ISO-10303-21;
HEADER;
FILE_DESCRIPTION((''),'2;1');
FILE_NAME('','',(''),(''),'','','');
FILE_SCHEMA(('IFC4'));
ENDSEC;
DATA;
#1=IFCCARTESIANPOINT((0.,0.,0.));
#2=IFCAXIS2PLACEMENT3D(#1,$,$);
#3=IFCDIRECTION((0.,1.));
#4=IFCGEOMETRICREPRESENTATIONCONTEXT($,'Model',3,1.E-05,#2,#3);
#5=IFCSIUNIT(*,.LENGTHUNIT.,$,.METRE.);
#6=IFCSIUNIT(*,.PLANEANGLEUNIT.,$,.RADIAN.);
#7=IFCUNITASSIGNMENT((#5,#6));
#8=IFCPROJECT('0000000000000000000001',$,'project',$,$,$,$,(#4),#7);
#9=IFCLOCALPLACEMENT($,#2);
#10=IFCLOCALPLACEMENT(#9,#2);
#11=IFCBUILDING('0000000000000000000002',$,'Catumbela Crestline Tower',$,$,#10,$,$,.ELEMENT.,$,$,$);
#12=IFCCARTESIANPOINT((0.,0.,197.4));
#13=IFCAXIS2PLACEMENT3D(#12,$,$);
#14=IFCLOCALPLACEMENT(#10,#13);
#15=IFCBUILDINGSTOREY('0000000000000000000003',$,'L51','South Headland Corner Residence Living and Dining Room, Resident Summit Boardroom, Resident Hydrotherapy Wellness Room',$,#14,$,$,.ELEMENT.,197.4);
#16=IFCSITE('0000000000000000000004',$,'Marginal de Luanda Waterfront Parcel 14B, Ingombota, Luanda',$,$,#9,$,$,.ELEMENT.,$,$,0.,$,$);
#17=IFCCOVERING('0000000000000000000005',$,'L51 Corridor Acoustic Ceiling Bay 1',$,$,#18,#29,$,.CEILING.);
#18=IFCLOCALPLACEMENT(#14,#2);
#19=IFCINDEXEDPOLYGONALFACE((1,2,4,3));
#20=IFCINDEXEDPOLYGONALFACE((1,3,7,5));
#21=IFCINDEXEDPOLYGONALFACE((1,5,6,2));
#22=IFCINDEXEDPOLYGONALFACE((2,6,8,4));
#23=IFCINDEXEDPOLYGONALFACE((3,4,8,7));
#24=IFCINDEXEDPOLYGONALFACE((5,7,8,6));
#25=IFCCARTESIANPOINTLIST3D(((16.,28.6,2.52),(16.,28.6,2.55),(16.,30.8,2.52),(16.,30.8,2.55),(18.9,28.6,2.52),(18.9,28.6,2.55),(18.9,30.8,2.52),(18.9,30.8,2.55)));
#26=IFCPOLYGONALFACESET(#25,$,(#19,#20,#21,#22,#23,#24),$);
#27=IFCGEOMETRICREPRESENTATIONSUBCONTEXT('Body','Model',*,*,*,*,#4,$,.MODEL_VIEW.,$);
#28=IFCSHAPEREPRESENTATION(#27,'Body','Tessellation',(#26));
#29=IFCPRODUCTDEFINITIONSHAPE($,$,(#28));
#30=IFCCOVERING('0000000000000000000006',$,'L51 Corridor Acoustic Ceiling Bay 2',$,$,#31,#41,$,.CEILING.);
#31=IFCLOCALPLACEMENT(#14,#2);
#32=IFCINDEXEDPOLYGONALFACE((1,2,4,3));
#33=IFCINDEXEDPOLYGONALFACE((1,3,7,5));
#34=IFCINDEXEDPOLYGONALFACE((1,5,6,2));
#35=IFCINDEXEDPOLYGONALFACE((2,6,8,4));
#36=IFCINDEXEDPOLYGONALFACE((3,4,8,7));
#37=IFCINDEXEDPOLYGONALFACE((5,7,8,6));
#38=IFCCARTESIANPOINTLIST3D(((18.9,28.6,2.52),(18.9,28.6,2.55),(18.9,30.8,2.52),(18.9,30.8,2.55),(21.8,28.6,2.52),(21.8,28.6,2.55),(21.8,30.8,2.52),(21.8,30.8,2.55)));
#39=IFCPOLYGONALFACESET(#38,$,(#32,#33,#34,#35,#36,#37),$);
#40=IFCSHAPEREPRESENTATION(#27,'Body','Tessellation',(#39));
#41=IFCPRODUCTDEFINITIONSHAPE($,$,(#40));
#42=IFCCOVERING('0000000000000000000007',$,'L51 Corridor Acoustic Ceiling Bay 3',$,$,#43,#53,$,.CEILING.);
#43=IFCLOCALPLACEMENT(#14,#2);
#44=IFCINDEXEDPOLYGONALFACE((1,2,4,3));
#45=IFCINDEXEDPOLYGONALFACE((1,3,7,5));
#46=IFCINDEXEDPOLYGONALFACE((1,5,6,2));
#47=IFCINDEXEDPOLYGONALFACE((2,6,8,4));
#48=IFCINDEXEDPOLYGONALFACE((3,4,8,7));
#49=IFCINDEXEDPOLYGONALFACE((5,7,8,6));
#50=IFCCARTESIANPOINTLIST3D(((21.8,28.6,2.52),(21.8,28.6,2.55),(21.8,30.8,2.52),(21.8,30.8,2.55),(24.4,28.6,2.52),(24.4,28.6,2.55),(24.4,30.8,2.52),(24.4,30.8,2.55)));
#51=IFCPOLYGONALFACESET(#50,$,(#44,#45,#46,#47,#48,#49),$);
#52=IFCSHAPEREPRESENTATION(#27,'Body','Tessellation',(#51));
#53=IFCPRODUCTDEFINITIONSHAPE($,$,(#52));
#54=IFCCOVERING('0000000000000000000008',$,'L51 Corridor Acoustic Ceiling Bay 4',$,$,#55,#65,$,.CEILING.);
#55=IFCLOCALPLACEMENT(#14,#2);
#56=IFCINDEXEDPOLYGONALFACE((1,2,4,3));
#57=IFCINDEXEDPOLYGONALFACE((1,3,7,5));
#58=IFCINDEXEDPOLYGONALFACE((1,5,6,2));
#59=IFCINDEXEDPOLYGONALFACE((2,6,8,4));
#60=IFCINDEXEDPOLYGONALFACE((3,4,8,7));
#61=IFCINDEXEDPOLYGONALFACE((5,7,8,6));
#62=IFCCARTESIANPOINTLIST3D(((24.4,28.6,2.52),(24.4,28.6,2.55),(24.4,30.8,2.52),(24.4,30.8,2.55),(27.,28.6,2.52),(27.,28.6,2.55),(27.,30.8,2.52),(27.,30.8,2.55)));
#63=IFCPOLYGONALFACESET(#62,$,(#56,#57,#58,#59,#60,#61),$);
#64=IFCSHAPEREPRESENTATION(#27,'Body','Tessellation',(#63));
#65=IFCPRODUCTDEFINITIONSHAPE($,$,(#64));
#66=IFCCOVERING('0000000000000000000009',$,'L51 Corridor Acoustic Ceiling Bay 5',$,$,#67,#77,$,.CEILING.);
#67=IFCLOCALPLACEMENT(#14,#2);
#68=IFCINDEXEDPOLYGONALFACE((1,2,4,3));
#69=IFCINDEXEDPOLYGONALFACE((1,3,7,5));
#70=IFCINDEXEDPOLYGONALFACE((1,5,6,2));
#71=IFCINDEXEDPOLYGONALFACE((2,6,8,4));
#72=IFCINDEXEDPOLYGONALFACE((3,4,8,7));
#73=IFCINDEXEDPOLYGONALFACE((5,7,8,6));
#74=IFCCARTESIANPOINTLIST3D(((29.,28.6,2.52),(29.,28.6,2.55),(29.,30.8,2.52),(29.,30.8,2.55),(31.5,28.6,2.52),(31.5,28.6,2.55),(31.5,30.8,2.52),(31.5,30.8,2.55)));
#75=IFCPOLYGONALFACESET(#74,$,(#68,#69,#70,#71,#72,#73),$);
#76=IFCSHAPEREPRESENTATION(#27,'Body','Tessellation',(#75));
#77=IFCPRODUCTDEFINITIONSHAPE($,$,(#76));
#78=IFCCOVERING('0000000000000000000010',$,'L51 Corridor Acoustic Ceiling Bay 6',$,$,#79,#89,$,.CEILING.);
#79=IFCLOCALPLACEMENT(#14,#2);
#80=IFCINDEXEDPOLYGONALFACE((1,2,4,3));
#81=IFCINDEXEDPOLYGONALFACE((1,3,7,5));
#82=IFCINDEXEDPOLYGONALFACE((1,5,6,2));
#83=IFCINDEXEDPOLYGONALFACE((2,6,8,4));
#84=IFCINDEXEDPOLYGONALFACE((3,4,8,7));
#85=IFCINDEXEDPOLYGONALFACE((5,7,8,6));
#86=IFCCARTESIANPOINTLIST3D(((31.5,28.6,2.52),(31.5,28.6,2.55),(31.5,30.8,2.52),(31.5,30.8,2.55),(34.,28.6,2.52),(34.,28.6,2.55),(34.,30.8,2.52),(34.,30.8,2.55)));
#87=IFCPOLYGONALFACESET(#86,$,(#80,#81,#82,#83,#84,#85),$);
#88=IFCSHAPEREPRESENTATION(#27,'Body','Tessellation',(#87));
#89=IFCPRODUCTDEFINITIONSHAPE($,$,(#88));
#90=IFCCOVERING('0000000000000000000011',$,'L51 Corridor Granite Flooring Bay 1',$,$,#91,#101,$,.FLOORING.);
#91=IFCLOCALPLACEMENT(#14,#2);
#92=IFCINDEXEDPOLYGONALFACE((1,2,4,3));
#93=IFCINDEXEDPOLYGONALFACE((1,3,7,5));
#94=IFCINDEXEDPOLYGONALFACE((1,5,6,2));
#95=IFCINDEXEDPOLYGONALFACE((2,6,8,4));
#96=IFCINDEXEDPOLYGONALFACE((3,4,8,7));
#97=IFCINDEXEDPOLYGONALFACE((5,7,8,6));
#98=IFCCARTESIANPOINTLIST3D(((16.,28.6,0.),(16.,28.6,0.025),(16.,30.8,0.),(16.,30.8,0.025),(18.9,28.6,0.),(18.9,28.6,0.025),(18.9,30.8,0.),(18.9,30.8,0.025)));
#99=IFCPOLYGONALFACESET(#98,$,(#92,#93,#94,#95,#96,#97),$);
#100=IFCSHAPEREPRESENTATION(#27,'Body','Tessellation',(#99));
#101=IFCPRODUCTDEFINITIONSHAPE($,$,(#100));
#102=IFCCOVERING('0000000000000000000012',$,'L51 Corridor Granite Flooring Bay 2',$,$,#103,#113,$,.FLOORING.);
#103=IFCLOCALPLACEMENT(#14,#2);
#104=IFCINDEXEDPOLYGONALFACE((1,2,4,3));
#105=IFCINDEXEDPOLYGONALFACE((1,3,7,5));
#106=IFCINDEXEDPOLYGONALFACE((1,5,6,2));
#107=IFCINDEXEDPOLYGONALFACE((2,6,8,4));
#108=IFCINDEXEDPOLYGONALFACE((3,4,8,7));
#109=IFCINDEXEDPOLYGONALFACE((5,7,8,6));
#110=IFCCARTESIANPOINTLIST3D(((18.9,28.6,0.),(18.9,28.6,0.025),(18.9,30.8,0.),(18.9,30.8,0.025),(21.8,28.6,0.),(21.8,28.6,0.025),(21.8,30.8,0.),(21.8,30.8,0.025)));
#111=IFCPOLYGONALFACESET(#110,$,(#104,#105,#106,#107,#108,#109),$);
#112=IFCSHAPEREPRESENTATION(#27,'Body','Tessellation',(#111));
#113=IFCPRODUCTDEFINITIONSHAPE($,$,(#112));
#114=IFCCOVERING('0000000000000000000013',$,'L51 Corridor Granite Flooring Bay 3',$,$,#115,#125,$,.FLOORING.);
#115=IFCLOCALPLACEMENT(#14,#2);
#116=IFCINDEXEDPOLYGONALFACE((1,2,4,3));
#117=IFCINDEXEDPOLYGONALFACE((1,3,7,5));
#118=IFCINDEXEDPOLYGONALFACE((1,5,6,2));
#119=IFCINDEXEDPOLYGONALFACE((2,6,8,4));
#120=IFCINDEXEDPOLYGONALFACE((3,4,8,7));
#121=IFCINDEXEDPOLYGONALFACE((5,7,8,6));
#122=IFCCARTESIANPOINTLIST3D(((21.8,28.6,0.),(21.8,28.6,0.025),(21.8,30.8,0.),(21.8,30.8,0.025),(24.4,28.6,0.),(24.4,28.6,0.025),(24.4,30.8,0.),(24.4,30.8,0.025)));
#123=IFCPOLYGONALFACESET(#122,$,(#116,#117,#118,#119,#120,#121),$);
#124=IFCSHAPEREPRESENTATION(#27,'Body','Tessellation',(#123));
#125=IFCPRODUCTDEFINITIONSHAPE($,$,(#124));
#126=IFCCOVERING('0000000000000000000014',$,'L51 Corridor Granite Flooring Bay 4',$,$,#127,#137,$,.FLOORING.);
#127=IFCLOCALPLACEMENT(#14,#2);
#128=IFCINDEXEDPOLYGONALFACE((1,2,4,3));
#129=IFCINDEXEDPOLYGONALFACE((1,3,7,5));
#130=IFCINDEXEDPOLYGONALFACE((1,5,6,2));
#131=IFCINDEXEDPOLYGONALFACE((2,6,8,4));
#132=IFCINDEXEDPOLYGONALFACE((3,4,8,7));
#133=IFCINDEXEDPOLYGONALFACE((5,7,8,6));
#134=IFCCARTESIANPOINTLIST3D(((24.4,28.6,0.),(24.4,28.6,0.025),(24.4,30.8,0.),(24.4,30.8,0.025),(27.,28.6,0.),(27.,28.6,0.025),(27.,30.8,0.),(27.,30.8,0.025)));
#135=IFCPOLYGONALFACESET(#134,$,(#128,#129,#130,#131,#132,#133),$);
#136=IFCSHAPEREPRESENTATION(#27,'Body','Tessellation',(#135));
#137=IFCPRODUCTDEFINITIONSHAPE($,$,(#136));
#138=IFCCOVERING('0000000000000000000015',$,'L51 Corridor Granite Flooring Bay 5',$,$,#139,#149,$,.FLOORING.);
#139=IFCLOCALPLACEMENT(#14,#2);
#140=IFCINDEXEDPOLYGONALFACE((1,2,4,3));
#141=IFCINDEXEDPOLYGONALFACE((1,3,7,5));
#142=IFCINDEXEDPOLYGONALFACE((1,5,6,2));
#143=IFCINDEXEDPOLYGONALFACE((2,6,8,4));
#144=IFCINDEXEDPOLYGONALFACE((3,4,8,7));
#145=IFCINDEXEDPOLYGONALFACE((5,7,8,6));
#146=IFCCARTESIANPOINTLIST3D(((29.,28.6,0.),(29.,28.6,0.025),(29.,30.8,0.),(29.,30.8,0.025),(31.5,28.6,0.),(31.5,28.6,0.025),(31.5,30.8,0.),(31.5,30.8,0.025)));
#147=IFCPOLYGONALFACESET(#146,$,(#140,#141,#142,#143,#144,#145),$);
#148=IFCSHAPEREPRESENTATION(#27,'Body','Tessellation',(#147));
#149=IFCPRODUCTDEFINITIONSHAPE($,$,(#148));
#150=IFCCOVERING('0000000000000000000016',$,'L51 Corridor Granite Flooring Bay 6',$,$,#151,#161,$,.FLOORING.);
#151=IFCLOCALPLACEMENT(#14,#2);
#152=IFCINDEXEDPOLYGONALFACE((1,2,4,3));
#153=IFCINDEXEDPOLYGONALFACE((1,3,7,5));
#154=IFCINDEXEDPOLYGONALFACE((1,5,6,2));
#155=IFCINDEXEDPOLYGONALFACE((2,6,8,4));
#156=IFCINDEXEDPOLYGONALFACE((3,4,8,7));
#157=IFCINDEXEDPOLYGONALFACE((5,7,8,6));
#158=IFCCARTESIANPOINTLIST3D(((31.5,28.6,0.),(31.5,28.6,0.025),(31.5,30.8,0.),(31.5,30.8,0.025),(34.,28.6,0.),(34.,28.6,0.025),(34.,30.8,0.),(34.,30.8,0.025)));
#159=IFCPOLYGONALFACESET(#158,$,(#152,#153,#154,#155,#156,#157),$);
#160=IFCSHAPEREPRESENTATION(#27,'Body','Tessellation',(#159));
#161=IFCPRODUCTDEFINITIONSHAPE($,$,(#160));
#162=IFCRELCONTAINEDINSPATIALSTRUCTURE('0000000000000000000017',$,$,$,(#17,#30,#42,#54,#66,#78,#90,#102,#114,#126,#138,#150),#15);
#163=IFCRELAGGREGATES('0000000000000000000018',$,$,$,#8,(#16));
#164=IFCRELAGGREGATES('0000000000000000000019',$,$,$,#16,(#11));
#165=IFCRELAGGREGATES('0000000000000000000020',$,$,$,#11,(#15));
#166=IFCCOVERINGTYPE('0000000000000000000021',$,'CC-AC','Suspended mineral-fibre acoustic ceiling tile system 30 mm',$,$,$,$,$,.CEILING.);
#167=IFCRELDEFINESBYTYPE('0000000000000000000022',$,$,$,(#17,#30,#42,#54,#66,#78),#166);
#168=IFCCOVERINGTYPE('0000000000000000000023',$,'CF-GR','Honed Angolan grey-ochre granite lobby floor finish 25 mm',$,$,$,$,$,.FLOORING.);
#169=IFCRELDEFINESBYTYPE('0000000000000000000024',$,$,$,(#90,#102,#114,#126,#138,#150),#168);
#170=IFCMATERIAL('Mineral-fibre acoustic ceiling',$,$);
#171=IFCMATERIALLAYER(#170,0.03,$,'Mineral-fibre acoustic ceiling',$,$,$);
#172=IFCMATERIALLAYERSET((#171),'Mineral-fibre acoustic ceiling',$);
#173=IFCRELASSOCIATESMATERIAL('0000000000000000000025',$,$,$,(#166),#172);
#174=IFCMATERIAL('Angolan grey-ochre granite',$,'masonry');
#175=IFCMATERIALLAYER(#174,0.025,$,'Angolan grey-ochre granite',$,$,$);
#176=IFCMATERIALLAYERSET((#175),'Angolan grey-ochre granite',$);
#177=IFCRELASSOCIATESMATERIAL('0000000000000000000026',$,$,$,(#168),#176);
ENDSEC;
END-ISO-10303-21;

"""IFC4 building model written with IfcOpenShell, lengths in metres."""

from ifc_helpers import new_model, si_unit, direction, frame, origin, place, context, subcontext, project, spatial, polyline, outline, extrude, material, layer, layer_set, type_object, element, save


model = new_model("IFC4")

# Units and contexts
model_context = context("Model", 3, precision=1e-05, world=origin(), true_north=direction((0.0, 1.0)))
body_context = subcontext(model_context, "Body", "Model", "MODEL_VIEW")
ifc_project = project(units=[si_unit("LENGTHUNIT", "METRE"), si_unit("PLANEANGLEUNIT", "RADIAN")], contexts=[model_context])

# Site, building, storey
site_placement = place(None, origin())
site = spatial("IfcSite", under=ifc_project, at=site_placement, Name="Marginal de Luanda Waterfront Parcel 14B, Ingombota, Luanda", CompositionType="ELEMENT", RefElevation=0.0)
building_placement = place(site_placement, origin())
building = spatial("IfcBuilding", under=site, at=building_placement, Name="Catumbela Crestline Tower", CompositionType="ELEMENT")
storey_placement = place(building_placement, frame((0.0, 0.0, 197.4)))
storey = spatial("IfcBuildingStorey", under=building, at=storey_placement, Name="L51", Description="South Headland Corner Residence Living and Dining Room, Resident Summit Boardroom, Resident Hydrotherapy Wellness Room", CompositionType="ELEMENT", Elevation=197.4)

# Coverings
ifc_material_1 = material(Name="Mineral-fibre acoustic ceiling")
ifc_layer_1 = layer(ifc_material_1, 0.03, Name="Mineral-fibre acoustic ceiling")
ifc_layer_set_1 = layer_set([ifc_layer_1], Name="Mineral-fibre acoustic ceiling")
covering_type_1 = type_object("IfcCoveringType", Name="CC-AC", Description="Suspended mineral-fibre acoustic ceiling tile system 30 mm", PredefinedType="CEILING", material=ifc_layer_set_1)
covering_1_placement = place(storey_placement, frame((0.0, 0.0, 2.52)))
element("IfcCovering", 1, at=covering_1_placement, inside=storey, type_object=covering_type_1, Name="L51 Corridor Acoustic Ceiling Bay 1", PredefinedType="CEILING", context=body_context, shape_type="SweptSolid", body=[
    extrude(outline(polyline([(16.0, 28.6), (18.9, 28.6), (18.9, 30.8), (16.0, 30.8), (16.0, 28.6)])), origin(), (0.0, 0.0, 1.0), 0.03),
])
covering_2_placement = place(storey_placement, frame((0.0, 0.0, 2.52)))
element("IfcCovering", 2, at=covering_2_placement, inside=storey, type_object=covering_type_1, Name="L51 Corridor Acoustic Ceiling Bay 2", PredefinedType="CEILING", context=body_context, shape_type="SweptSolid", body=[
    extrude(outline(polyline([(18.9, 28.6), (21.8, 28.6), (21.8, 30.8), (18.9, 30.8), (18.9, 28.6)])), origin(), (0.0, 0.0, 1.0), 0.03),
])
covering_3_placement = place(storey_placement, frame((0.0, 0.0, 2.52)))
element("IfcCovering", 3, at=covering_3_placement, inside=storey, type_object=covering_type_1, Name="L51 Corridor Acoustic Ceiling Bay 3", PredefinedType="CEILING", context=body_context, shape_type="SweptSolid", body=[
    extrude(outline(polyline([(21.8, 28.6), (24.4, 28.6), (24.4, 30.8), (21.8, 30.8), (21.8, 28.6)])), origin(), (0.0, 0.0, 1.0), 0.03),
])
covering_4_placement = place(storey_placement, frame((0.0, 0.0, 2.52)))
element("IfcCovering", 4, at=covering_4_placement, inside=storey, type_object=covering_type_1, Name="L51 Corridor Acoustic Ceiling Bay 4", PredefinedType="CEILING", context=body_context, shape_type="SweptSolid", body=[
    extrude(outline(polyline([(24.4, 28.6), (27.0, 28.6), (27.0, 30.8), (24.4, 30.8), (24.4, 28.6)])), origin(), (0.0, 0.0, 1.0), 0.03),
])
covering_5_placement = place(storey_placement, frame((0.0, 0.0, 2.52)))
element("IfcCovering", 5, at=covering_5_placement, inside=storey, type_object=covering_type_1, Name="L51 Corridor Acoustic Ceiling Bay 5", PredefinedType="CEILING", context=body_context, shape_type="SweptSolid", body=[
    extrude(outline(polyline([(29.0, 28.6), (31.5, 28.6), (31.5, 30.8), (29.0, 30.8), (29.0, 28.6)])), origin(), (0.0, 0.0, 1.0), 0.03),
])
covering_6_placement = place(storey_placement, frame((0.0, 0.0, 2.52)))
element("IfcCovering", 6, at=covering_6_placement, inside=storey, type_object=covering_type_1, Name="L51 Corridor Acoustic Ceiling Bay 6", PredefinedType="CEILING", context=body_context, shape_type="SweptSolid", body=[
    extrude(outline(polyline([(31.5, 28.6), (34.0, 28.6), (34.0, 30.8), (31.5, 30.8), (31.5, 28.6)])), origin(), (0.0, 0.0, 1.0), 0.03),
])
ifc_material_2 = material(Name="Angolan grey-ochre granite", Category="masonry")
ifc_layer_2 = layer(ifc_material_2, 0.025, Name="Angolan grey-ochre granite")
ifc_layer_set_2 = layer_set([ifc_layer_2], Name="Angolan grey-ochre granite")
covering_type_2 = type_object("IfcCoveringType", Name="CF-GR", Description="Honed Angolan grey-ochre granite lobby floor finish 25 mm", PredefinedType="FLOORING", material=ifc_layer_set_2)
covering_7_placement = place(storey_placement, origin())
element("IfcCovering", 7, at=covering_7_placement, inside=storey, type_object=covering_type_2, Name="L51 Corridor Granite Flooring Bay 1", PredefinedType="FLOORING", context=body_context, shape_type="SweptSolid", body=[
    extrude(outline(polyline([(16.0, 28.6), (18.9, 28.6), (18.9, 30.8), (16.0, 30.8), (16.0, 28.6)])), origin(), (0.0, 0.0, 1.0), 0.025),
])
covering_8_placement = place(storey_placement, origin())
element("IfcCovering", 8, at=covering_8_placement, inside=storey, type_object=covering_type_2, Name="L51 Corridor Granite Flooring Bay 2", PredefinedType="FLOORING", context=body_context, shape_type="SweptSolid", body=[
    extrude(outline(polyline([(18.9, 28.6), (21.8, 28.6), (21.8, 30.8), (18.9, 30.8), (18.9, 28.6)])), origin(), (0.0, 0.0, 1.0), 0.025),
])
covering_9_placement = place(storey_placement, origin())
element("IfcCovering", 9, at=covering_9_placement, inside=storey, type_object=covering_type_2, Name="L51 Corridor Granite Flooring Bay 3", PredefinedType="FLOORING", context=body_context, shape_type="SweptSolid", body=[
    extrude(outline(polyline([(21.8, 28.6), (24.4, 28.6), (24.4, 30.8), (21.8, 30.8), (21.8, 28.6)])), origin(), (0.0, 0.0, 1.0), 0.025),
])
covering_10_placement = place(storey_placement, origin())
element("IfcCovering", 10, at=covering_10_placement, inside=storey, type_object=covering_type_2, Name="L51 Corridor Granite Flooring Bay 4", PredefinedType="FLOORING", context=body_context, shape_type="SweptSolid", body=[
    extrude(outline(polyline([(24.4, 28.6), (27.0, 28.6), (27.0, 30.8), (24.4, 30.8), (24.4, 28.6)])), origin(), (0.0, 0.0, 1.0), 0.025),
])
covering_11_placement = place(storey_placement, origin())
element("IfcCovering", 11, at=covering_11_placement, inside=storey, type_object=covering_type_2, Name="L51 Corridor Granite Flooring Bay 5", PredefinedType="FLOORING", context=body_context, shape_type="SweptSolid", body=[
    extrude(outline(polyline([(29.0, 28.6), (31.5, 28.6), (31.5, 30.8), (29.0, 30.8), (29.0, 28.6)])), origin(), (0.0, 0.0, 1.0), 0.025),
])
covering_12_placement = place(storey_placement, origin())
element("IfcCovering", 12, at=covering_12_placement, inside=storey, type_object=covering_type_2, Name="L51 Corridor Granite Flooring Bay 6", PredefinedType="FLOORING", context=body_context, shape_type="SweptSolid", body=[
    extrude(outline(polyline([(31.5, 28.6), (34.0, 28.6), (34.0, 30.8), (31.5, 30.8), (31.5, 28.6)])), origin(), (0.0, 0.0, 1.0), 0.025),
])

save(model, "model.ifc")
